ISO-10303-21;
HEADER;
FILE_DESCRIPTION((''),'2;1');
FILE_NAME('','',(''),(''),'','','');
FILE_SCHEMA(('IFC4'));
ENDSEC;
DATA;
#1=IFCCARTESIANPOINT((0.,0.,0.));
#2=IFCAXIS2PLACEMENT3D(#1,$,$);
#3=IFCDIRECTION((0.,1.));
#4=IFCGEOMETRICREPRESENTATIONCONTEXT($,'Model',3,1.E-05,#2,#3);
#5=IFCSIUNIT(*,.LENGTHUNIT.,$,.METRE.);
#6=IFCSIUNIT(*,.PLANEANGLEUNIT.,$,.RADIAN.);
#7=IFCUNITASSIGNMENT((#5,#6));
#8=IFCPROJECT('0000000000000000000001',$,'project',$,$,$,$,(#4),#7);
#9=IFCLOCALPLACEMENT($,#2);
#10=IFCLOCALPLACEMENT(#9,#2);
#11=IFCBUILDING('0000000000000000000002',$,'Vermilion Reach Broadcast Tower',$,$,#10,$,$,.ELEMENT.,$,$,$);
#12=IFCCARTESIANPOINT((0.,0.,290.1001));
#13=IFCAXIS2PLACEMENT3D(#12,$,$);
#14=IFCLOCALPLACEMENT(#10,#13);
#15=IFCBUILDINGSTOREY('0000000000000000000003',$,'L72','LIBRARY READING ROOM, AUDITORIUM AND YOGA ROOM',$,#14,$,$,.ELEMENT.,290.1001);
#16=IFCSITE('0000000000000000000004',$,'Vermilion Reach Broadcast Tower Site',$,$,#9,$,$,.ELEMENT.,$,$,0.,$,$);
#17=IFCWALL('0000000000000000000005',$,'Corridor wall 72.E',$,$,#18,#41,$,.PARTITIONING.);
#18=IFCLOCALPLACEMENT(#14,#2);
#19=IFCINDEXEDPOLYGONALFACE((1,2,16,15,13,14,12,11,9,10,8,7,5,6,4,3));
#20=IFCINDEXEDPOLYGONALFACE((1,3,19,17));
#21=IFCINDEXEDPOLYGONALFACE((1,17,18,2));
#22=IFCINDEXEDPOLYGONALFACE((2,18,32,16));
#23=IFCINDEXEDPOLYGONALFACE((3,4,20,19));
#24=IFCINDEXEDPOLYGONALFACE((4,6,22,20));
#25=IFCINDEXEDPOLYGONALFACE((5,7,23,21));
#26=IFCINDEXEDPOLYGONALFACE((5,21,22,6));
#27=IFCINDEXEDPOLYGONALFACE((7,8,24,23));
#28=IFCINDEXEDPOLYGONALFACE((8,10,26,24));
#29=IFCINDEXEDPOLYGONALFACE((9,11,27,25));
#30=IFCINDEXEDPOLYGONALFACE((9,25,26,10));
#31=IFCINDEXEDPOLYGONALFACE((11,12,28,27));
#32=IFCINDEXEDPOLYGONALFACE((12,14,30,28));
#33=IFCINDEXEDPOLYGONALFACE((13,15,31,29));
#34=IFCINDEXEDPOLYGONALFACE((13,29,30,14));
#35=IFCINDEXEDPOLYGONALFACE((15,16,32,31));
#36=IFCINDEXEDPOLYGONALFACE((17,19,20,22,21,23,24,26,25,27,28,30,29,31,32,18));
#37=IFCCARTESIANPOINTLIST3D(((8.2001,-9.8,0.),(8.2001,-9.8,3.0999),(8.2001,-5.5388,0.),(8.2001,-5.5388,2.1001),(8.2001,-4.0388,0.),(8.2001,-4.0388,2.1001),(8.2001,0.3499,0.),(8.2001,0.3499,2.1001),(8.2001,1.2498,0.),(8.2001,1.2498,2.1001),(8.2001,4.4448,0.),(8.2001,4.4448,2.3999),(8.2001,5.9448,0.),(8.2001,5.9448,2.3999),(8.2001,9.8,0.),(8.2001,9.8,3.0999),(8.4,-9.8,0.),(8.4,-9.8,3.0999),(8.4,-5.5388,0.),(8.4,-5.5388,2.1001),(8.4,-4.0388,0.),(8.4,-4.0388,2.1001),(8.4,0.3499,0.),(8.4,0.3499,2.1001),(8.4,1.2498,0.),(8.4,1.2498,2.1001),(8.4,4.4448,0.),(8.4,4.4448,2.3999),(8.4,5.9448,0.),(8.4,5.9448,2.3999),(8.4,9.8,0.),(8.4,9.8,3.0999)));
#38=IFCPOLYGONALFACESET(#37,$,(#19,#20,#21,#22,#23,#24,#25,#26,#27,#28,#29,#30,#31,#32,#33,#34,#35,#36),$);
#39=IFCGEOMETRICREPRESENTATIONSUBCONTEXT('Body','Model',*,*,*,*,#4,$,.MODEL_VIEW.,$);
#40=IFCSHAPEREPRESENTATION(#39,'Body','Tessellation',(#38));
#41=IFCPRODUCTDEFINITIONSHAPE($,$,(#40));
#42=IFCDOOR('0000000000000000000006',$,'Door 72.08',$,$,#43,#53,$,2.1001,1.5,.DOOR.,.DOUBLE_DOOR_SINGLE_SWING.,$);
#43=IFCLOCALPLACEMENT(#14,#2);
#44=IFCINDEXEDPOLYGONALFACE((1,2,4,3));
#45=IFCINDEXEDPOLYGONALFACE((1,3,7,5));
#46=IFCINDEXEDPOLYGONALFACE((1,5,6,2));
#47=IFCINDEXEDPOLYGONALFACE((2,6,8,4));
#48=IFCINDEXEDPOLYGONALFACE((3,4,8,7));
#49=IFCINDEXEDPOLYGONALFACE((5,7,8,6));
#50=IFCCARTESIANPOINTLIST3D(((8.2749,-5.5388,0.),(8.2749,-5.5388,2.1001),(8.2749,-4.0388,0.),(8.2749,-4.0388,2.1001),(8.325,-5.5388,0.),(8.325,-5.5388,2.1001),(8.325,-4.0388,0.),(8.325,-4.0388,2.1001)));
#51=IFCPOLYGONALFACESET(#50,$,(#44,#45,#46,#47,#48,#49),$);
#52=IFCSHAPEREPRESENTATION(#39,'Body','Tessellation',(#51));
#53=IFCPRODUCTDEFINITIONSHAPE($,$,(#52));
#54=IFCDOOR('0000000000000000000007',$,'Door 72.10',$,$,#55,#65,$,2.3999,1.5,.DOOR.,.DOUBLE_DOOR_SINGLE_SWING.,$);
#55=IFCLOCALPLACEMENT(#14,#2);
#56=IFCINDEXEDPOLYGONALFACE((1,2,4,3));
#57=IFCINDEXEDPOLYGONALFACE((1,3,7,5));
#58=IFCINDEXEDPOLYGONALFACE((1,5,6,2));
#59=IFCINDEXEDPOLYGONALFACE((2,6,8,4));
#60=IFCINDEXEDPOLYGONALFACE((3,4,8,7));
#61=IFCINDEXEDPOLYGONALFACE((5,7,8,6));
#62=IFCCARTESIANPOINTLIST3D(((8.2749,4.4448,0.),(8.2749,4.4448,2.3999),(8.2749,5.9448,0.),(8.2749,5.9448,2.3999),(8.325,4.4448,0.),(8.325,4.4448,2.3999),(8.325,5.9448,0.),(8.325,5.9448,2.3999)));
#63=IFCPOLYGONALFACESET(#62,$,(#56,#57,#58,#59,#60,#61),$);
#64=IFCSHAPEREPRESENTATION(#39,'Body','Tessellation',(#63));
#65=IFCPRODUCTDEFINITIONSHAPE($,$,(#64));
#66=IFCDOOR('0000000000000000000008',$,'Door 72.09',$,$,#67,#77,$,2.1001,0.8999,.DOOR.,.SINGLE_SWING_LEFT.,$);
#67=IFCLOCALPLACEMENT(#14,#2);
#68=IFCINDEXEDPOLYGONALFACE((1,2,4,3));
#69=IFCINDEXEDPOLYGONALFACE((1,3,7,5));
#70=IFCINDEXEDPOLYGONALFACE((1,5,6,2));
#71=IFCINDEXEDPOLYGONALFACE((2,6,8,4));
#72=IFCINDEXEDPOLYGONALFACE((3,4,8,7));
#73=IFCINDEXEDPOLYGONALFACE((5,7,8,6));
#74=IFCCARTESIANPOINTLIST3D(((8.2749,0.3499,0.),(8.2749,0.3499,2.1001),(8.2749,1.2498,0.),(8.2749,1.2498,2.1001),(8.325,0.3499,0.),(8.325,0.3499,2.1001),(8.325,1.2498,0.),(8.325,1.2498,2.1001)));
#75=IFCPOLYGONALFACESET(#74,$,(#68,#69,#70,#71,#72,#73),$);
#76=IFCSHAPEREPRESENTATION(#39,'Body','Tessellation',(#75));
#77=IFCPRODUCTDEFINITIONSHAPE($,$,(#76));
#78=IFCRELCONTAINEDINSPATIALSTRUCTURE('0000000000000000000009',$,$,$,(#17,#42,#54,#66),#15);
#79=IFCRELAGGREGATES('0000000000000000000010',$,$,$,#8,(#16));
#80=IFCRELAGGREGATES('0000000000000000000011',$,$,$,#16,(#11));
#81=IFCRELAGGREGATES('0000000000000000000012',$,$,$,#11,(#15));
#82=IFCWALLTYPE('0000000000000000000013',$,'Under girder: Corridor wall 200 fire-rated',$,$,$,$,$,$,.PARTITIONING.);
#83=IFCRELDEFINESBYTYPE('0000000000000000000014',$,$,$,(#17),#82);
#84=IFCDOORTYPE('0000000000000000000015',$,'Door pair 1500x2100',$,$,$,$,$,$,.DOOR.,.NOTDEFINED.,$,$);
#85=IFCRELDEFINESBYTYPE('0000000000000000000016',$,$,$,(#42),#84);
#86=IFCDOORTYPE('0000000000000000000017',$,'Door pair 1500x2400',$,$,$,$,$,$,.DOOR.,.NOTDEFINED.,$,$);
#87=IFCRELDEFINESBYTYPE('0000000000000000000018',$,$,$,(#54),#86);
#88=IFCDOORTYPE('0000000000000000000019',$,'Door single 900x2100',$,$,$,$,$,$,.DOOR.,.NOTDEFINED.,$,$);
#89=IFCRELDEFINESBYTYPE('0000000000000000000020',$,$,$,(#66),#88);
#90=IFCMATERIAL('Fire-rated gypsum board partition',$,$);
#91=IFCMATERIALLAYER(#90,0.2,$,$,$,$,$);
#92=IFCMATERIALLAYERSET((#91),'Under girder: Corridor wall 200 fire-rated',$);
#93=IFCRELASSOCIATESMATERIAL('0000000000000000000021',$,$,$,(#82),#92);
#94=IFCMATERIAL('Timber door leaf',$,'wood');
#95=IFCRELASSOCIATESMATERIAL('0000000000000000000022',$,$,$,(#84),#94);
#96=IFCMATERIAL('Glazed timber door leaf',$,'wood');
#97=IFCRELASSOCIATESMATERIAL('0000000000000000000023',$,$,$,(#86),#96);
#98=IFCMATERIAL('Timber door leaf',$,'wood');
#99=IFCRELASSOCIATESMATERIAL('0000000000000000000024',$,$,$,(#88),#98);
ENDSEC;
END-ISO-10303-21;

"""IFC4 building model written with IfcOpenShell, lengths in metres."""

from ifc_helpers import new_model, si_unit, direction, frame, frame_2d, origin, place, context, subcontext, project, spatial, rectangle, extrude, material, layer, layer_set, type_object, element, fill, save


model = new_model("IFC4")

# Units and contexts
model_context = context("Model", 3, precision=1e-05, world=origin(), true_north=direction((0.0, 1.0)))
body_context = subcontext(model_context, "Body", "Model", "MODEL_VIEW")
ifc_project = project(units=[si_unit("LENGTHUNIT", "METRE"), si_unit("PLANEANGLEUNIT", "RADIAN")], contexts=[model_context])

# Site, building, storey
site_placement = place(None, origin())
site = spatial("IfcSite", under=ifc_project, at=site_placement, Name="Vermilion Reach Broadcast Tower Site", CompositionType="ELEMENT", RefElevation=0.0)
building_placement = place(site_placement, origin())
building = spatial("IfcBuilding", under=site, at=building_placement, Name="Vermilion Reach Broadcast Tower", CompositionType="ELEMENT")
storey_placement = place(building_placement, frame((0.0, 0.0, 290.1001)))
storey = spatial("IfcBuildingStorey", under=building, at=storey_placement, Name="L72", Description="LIBRARY READING ROOM, AUDITORIUM AND YOGA ROOM", CompositionType="ELEMENT", Elevation=290.1001)

# Wall, openings, doors
ifc_material_1 = material(Name="Fire-rated gypsum board partition")
ifc_layer_1 = layer(ifc_material_1, 0.2)
ifc_layer_set_1 = layer_set([ifc_layer_1], Name="Under girder: Corridor wall 200 fire-rated")
wall_type_1 = type_object("IfcWallType", Name="Under girder: Corridor wall 200 fire-rated", PredefinedType="PARTITIONING", material=ifc_layer_set_1)
wall_1_placement = place(storey_placement, frame((8.3, 9.8, 0.0), z_axis=(0.0, 0.0, 1.0), x_axis=(0.0, -1.0, 0.0)))
wall_1 = element("IfcWall", 1, at=wall_1_placement, inside=storey, type_object=wall_type_1, Name="Corridor wall 72.E", PredefinedType="PARTITIONING", context=body_context, shape_type="SweptSolid", body=[
    extrude(rectangle(XDim=19.6001, YDim=0.2, at=frame_2d((9.8, 0.0))), origin(), (0.0, 0.0, 1.0), 3.0999),
])
opening_1_placement = place(wall_1_placement, frame((13.8389, 0.0, 0.0)))
opening_1 = element("IfcOpeningElement", 2, at=opening_1_placement, cuts=wall_1, PredefinedType="OPENING", context=body_context, shape_type="SweptSolid", body=[
    extrude(rectangle(XDim=1.5, YDim=2.1001, at=frame_2d((0.75, 1.05))), frame((0.0, 0.1099, 0.0), z_axis=(0.0, -1.0, 0.0), x_axis=(1.0, 0.0, 0.0)), (0.0, 0.0, 1.0), 0.22),
])
opening_2_placement = place(wall_1_placement, frame((8.5503, 0.0, 0.0)))
opening_2 = element("IfcOpeningElement", 3, at=opening_2_placement, cuts=wall_1, PredefinedType="OPENING", context=body_context, shape_type="SweptSolid", body=[
    extrude(rectangle(XDim=0.8999, YDim=2.1001, at=frame_2d((0.45, 1.05))), frame((0.0, 0.1099, 0.0), z_axis=(0.0, -1.0, 0.0), x_axis=(1.0, 0.0, 0.0)), (0.0, 0.0, 1.0), 0.22),
])
opening_3_placement = place(wall_1_placement, frame((3.8552, 0.0, 0.0)))
opening_3 = element("IfcOpeningElement", 4, at=opening_3_placement, cuts=wall_1, PredefinedType="OPENING", context=body_context, shape_type="SweptSolid", body=[
    extrude(rectangle(XDim=1.5, YDim=2.3999, at=frame_2d((0.75, 1.2))), frame((0.0, 0.1099, 0.0), z_axis=(0.0, -1.0, 0.0), x_axis=(1.0, 0.0, 0.0)), (0.0, 0.0, 1.0), 0.22),
])
ifc_material_2 = material(Name="Timber door leaf", Category="wood")
door_type_1 = type_object("IfcDoorType", Name="Door pair 1500x2100", OperationType="NOTDEFINED", PredefinedType="DOOR", material=ifc_material_2)
door_1_placement = place(opening_1_placement, origin())
door_1 = element("IfcDoor", 5, at=door_1_placement, inside=storey, type_object=door_type_1, Name="Door 72.08", OperationType="DOUBLE_DOOR_SINGLE_SWING", OverallHeight=2.1001, OverallWidth=1.5, PredefinedType="DOOR", context=body_context, shape_type="SweptSolid", body=[
    extrude(rectangle(XDim=1.5, YDim=2.1001, at=frame_2d((0.75, 1.05))), frame((0.0, 0.0249, 0.0), z_axis=(0.0, -1.0, 0.0), x_axis=(1.0, 0.0, 0.0)), (0.0, 0.0, 1.0), 0.05),
])
fill(opening_1, door_1)
ifc_material_3 = material(Name="Glazed timber door leaf", Category="wood")
door_type_2 = type_object("IfcDoorType", Name="Door pair 1500x2400", OperationType="NOTDEFINED", PredefinedType="DOOR", material=ifc_material_3)
door_2_placement = place(opening_3_placement, origin())
door_2 = element("IfcDoor", 6, at=door_2_placement, inside=storey, type_object=door_type_2, Name="Door 72.10", OperationType="DOUBLE_DOOR_SINGLE_SWING", OverallHeight=2.3999, OverallWidth=1.5, PredefinedType="DOOR", context=body_context, shape_type="SweptSolid", body=[
    extrude(rectangle(XDim=1.5, YDim=2.3999, at=frame_2d((0.75, 1.2))), frame((0.0, 0.0249, 0.0), z_axis=(0.0, -1.0, 0.0), x_axis=(1.0, 0.0, 0.0)), (0.0, 0.0, 1.0), 0.05),
])
fill(opening_3, door_2)
ifc_material_4 = material(Name="Timber door leaf", Category="wood")
door_type_3 = type_object("IfcDoorType", Name="Door single 900x2100", OperationType="NOTDEFINED", PredefinedType="DOOR", material=ifc_material_4)
door_3_placement = place(opening_2_placement, origin())
door_3 = element("IfcDoor", 7, at=door_3_placement, inside=storey, type_object=door_type_3, Name="Door 72.09", OperationType="SINGLE_SWING_LEFT", OverallHeight=2.1001, OverallWidth=0.8999, PredefinedType="DOOR", context=body_context, shape_type="SweptSolid", body=[
    extrude(rectangle(XDim=0.8999, YDim=2.1001, at=frame_2d((0.45, 1.05))), frame((0.0, 0.0249, 0.0), z_axis=(0.0, -1.0, 0.0), x_axis=(1.0, 0.0, 0.0)), (0.0, 0.0, 1.0), 0.05),
])
fill(opening_2, door_3)

save(model, "model.ifc")
